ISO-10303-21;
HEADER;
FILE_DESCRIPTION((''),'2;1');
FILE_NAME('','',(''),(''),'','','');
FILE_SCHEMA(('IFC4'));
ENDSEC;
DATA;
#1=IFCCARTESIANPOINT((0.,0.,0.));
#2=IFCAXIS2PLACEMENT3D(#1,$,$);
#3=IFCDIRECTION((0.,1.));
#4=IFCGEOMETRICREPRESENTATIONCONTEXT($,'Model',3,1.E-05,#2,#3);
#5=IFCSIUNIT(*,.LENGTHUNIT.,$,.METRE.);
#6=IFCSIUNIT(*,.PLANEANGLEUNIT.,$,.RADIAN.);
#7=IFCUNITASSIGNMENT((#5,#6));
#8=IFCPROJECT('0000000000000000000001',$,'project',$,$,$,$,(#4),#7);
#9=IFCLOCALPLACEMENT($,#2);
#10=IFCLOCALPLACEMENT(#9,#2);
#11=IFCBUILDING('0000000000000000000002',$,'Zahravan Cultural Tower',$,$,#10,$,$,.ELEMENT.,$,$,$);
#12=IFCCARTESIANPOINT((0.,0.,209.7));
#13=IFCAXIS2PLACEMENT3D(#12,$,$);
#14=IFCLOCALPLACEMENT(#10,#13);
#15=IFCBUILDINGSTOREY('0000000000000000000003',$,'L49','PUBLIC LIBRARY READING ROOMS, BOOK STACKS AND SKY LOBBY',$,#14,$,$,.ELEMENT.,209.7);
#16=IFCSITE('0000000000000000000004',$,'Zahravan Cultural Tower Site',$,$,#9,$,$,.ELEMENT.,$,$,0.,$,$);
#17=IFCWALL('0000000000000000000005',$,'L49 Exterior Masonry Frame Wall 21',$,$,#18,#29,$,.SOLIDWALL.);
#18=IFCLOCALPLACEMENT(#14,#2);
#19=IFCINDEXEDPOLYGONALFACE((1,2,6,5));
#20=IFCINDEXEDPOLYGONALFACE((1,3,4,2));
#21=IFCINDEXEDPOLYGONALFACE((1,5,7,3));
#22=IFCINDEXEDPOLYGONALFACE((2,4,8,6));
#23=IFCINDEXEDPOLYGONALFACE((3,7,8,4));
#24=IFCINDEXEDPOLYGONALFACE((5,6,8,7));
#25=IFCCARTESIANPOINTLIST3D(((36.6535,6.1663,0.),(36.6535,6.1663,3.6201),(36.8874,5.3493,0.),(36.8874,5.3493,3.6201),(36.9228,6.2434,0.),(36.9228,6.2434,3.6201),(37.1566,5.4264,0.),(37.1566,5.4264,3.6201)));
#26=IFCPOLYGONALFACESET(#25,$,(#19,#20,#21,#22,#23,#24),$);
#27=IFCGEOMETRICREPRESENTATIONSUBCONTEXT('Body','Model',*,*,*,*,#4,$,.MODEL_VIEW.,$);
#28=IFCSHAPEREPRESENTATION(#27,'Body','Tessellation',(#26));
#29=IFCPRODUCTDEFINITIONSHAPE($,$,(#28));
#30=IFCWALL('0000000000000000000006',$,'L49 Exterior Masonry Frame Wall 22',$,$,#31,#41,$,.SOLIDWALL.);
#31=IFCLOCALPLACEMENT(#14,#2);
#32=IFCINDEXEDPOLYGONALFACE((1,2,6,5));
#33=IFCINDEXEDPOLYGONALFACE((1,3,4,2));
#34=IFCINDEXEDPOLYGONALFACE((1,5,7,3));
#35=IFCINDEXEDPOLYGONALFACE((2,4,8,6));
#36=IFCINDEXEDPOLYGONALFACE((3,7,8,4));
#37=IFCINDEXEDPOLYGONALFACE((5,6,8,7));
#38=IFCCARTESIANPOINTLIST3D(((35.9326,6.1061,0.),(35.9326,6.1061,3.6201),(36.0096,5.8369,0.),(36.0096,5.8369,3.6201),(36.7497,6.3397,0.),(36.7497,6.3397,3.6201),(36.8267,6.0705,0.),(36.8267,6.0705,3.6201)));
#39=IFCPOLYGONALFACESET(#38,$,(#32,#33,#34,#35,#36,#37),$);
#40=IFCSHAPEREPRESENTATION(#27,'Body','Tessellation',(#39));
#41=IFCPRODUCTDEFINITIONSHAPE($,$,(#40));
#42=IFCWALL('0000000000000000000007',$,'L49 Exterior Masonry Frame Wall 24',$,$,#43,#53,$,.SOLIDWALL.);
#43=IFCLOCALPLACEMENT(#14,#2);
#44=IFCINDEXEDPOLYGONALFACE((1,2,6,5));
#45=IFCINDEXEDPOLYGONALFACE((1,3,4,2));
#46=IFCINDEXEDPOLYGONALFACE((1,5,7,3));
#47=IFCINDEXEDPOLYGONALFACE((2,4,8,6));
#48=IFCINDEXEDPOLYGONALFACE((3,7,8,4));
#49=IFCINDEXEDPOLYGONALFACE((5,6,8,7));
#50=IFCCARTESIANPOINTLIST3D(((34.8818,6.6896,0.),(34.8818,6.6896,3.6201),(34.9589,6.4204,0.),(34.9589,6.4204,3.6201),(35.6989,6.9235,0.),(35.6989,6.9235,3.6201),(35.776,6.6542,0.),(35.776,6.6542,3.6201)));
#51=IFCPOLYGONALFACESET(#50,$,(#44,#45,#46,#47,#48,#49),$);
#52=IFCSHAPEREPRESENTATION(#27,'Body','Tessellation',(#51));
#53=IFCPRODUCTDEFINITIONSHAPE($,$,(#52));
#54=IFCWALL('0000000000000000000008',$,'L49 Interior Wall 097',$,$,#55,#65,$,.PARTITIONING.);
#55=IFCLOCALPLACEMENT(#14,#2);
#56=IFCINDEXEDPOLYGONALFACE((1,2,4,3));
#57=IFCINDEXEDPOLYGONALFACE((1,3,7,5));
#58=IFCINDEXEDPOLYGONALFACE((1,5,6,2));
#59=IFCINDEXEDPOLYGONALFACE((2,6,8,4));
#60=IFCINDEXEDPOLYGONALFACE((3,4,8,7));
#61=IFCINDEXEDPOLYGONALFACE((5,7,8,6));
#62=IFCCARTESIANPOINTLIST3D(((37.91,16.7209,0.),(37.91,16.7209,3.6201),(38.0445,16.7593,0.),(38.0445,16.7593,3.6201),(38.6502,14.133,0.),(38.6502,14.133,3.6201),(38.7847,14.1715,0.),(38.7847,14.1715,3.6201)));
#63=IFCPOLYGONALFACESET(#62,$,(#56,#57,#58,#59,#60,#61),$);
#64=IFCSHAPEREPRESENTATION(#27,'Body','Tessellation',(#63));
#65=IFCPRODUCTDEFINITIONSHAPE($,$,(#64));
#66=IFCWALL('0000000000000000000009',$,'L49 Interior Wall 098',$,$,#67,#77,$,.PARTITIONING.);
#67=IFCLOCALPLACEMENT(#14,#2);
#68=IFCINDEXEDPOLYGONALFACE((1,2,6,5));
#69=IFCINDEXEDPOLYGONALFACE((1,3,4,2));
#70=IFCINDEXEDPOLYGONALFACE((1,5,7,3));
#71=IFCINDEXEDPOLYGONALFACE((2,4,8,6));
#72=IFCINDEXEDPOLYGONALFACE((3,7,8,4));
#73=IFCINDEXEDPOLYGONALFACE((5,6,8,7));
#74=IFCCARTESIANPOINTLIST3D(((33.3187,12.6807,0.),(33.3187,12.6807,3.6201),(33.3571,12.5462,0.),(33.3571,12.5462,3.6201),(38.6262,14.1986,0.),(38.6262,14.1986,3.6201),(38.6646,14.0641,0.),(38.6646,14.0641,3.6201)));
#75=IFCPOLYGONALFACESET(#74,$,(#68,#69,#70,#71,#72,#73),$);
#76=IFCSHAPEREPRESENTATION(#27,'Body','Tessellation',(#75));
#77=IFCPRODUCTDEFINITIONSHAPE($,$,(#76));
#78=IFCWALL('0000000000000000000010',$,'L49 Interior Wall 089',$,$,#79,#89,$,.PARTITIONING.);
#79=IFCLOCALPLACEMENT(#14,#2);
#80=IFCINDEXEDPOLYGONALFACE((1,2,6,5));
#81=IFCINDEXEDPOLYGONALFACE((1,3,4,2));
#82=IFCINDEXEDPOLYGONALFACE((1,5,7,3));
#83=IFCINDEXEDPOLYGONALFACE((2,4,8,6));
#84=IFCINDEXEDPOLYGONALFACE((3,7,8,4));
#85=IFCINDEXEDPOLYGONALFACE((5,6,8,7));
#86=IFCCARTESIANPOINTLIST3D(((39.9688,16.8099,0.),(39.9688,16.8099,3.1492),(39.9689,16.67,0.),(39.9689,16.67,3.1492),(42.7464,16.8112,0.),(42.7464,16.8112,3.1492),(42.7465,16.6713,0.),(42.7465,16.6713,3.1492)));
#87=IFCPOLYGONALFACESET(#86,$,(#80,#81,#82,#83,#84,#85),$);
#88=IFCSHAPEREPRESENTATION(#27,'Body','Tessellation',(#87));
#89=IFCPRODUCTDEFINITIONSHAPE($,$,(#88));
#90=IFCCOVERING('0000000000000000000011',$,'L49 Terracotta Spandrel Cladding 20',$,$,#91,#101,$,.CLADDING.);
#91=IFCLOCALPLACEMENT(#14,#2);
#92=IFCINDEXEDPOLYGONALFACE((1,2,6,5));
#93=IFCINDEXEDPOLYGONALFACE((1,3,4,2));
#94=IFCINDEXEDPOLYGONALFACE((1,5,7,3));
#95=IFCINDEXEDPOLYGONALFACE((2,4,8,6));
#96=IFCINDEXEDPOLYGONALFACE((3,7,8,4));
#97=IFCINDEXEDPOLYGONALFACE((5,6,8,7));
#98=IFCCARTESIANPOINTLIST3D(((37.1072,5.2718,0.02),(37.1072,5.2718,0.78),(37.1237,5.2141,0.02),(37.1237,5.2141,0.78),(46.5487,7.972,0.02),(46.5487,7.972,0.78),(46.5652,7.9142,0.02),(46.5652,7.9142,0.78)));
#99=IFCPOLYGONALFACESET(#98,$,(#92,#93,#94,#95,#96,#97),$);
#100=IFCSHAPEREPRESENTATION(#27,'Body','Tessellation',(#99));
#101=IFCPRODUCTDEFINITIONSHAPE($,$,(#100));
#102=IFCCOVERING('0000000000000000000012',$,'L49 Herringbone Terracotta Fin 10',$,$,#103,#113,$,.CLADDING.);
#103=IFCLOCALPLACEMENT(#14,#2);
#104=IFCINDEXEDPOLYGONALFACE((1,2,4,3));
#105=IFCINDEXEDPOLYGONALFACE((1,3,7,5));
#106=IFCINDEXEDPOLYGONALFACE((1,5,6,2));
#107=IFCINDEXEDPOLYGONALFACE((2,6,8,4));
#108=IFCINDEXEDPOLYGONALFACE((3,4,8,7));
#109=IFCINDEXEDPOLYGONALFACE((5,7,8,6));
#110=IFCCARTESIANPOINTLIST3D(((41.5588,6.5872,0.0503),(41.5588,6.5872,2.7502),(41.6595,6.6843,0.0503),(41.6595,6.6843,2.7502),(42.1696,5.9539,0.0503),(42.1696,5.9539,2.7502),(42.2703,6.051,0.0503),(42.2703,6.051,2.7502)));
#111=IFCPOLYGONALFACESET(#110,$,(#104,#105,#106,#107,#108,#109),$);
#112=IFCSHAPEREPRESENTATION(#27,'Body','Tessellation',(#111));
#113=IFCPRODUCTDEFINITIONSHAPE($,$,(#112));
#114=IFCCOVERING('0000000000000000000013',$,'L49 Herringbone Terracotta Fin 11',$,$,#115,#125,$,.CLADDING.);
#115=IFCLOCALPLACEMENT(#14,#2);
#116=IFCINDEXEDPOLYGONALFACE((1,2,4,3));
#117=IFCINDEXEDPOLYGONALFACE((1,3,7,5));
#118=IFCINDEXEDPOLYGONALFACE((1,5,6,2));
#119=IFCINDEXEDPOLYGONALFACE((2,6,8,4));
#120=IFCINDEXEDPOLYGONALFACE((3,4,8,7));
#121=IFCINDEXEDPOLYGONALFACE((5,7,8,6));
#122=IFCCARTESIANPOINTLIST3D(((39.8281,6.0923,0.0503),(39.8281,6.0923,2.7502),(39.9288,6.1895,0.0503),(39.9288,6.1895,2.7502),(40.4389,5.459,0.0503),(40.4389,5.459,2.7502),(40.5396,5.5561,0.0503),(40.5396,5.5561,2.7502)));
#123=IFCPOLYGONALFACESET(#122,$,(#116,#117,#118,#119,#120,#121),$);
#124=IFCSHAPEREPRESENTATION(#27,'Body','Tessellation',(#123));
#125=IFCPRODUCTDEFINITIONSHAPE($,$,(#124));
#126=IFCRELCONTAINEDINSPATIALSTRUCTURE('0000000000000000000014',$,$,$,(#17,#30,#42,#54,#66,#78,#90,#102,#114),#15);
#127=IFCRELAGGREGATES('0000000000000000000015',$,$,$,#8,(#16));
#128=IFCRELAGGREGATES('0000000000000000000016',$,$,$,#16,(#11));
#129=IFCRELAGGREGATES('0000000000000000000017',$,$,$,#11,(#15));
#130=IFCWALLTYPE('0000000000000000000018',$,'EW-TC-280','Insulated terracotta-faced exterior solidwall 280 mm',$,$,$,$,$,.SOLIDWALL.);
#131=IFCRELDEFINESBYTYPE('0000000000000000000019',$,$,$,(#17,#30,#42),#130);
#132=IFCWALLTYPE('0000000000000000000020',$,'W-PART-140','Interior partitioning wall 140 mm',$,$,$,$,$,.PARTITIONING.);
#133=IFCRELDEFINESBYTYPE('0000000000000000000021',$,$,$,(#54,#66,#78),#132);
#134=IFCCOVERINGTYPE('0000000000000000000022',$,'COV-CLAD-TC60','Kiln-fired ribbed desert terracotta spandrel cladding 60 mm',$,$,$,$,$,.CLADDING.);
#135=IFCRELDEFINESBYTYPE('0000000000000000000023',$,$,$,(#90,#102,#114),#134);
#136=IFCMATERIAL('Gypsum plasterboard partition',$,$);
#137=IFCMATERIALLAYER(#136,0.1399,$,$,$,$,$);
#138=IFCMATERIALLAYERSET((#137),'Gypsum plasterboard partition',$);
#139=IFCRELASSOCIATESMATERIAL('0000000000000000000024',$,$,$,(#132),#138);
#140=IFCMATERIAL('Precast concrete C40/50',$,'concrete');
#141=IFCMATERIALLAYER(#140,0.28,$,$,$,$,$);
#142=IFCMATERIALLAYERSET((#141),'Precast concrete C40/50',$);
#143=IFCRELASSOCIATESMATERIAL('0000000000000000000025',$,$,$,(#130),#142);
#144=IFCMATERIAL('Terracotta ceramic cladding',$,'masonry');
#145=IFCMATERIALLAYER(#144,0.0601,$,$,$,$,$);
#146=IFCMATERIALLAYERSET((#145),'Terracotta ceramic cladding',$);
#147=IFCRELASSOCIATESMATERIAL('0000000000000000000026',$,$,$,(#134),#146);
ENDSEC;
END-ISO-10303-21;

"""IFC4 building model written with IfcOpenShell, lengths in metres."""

from ifc_helpers import new_model, si_unit, direction, frame, frame_2d, origin, origin_2d, place, context, subcontext, project, spatial, rectangle, extrude, source, transform, mapped, material, layer, layer_set, type_object, element, save


model = new_model("IFC4")

# Units and contexts
model_context = context("Model", 3, precision=1e-05, world=origin(), true_north=direction((0.0, 1.0)))
body_context = subcontext(model_context, "Body", "Model", "MODEL_VIEW")
ifc_project = project(units=[si_unit("LENGTHUNIT", "METRE"), si_unit("PLANEANGLEUNIT", "RADIAN")], contexts=[model_context])

# Site, building, storey
site_placement = place(None, origin())
site = spatial("IfcSite", under=ifc_project, at=site_placement, Name="Zahravan Cultural Tower Site", CompositionType="ELEMENT", RefElevation=0.0)
building_placement = place(site_placement, origin())
building = spatial("IfcBuilding", under=site, at=building_placement, Name="Zahravan Cultural Tower", CompositionType="ELEMENT")
storey_placement = place(building_placement, frame((0.0, 0.0, 209.7)))
storey = spatial("IfcBuildingStorey", under=building, at=storey_placement, Name="L49", Description="PUBLIC LIBRARY READING ROOMS, BOOK STACKS AND SKY LOBBY", CompositionType="ELEMENT", Elevation=209.7)

# Shared definitions
ifc_material_1 = material(Name="Gypsum plasterboard partition")
ifc_layer_1 = layer(ifc_material_1, 0.1399)
ifc_layer_set_1 = layer_set([ifc_layer_1], Name="Gypsum plasterboard partition")
wall_type_1 = type_object("IfcWallType", Name="W-PART-140", Description="Interior partitioning wall 140 mm", PredefinedType="PARTITIONING", material=ifc_layer_set_1)

# Walls
ifc_material_2 = material(Name="Precast concrete C40/50", Category="concrete")
ifc_layer_2 = layer(ifc_material_2, 0.28)
ifc_layer_set_2 = layer_set([ifc_layer_2], Name="Precast concrete C40/50")
wall_type_2 = type_object("IfcWallType", Name="EW-TC-280", Description="Insulated terracotta-faced exterior solidwall 280 mm", PredefinedType="SOLIDWALL", material=ifc_layer_set_2)
shared_shape_1 = source(origin(), body_context, "Body", "SweptSolid", [
    extrude(rectangle(XDim=0.8499, YDim=0.28, at=frame_2d((0.4248, 0.0))), origin(), (0.0, 0.0, 1.0), 3.6201),
])
for number, where, z_axis, x_axis, name in (
    (1, (37.022, 5.3879, 0.0), (0.0, 0.0, 1.0), (-0.275176, 0.961394, 0.0), "L49 Exterior Masonry Frame Wall 21"),
    (2, (36.7881, 6.2051, 0.0), (0.0, 0.0, 1.0), (-0.96147, -0.274911, 0.0), "L49 Exterior Masonry Frame Wall 22"),
    (3, (35.7373, 6.7888, 0.0), (0.0, 0.0, 1.0), (-0.961394, -0.275176, 0.0), "L49 Exterior Masonry Frame Wall 24"),
):
    element("IfcWall", number, at=place(storey_placement, frame(where, z_axis=z_axis, x_axis=x_axis)), inside=storey, type_object=wall_type_2, Name=name, PredefinedType="SOLIDWALL", context=body_context, shape_type="MappedRepresentation", body=[
        mapped(shared_shape_1, transform((0.0, 0.0, 0.0), x_axis=(1.0, 0.0, 0.0), y_axis=(0.0, 1.0, 0.0), z_axis=(0.0, 0.0, 1.0), scale=1.0)),
    ])
shared_shape_2 = source(origin(), body_context, "Body", "SweptSolid", [
    extrude(rectangle(XDim=2.6917, YDim=0.1399, at=frame_2d((1.3457, 0.0))), origin(), (0.0, 0.0, 1.0), 3.6201),
])
wall_1_placement = place(storey_placement, frame((37.9773, 16.74, 0.0), z_axis=(0.0, 0.0, 1.0), x_axis=(0.275009, -0.961442, 0.0)))
element("IfcWall", 4, at=wall_1_placement, inside=storey, type_object=wall_type_1, Name="L49 Interior Wall 097", PredefinedType="PARTITIONING", context=body_context, shape_type="MappedRepresentation", body=[
    mapped(shared_shape_2, transform((0.0, 0.0, 0.0), x_axis=(1.0, 0.0, 0.0), y_axis=(0.0, 1.0, 0.0), z_axis=(0.0, 0.0, 1.0), scale=1.0)),
])
shared_shape_3 = source(origin(), body_context, "Body", "SweptSolid", [
    extrude(rectangle(XDim=5.5203, YDim=0.1399, at=frame_2d((2.7603, 0.0))), origin(), (0.0, 0.0, 1.0), 3.6201),
])
wall_2_placement = place(storey_placement, frame((38.6455, 14.1313, 0.0), z_axis=(0.0, 0.0, 1.0), x_axis=(-0.961455, -0.274961, 0.0)))
element("IfcWall", 5, at=wall_2_placement, inside=storey, type_object=wall_type_1, Name="L49 Interior Wall 098", PredefinedType="PARTITIONING", context=body_context, shape_type="MappedRepresentation", body=[
    mapped(shared_shape_3, transform((0.0, 0.0, 0.0), x_axis=(1.0, 0.0, 0.0), y_axis=(0.0, 1.0, 0.0), z_axis=(0.0, 0.0, 1.0), scale=1.0)),
])
shared_shape_4 = source(origin(), body_context, "Body", "SweptSolid", [
    extrude(rectangle(XDim=2.7776, YDim=0.1399, at=frame_2d((1.3887, 0.0))), origin(), (0.0, 0.0, 1.0), 3.1492),
])
wall_3_placement = place(storey_placement, frame((39.969, 16.74, 0.0), z_axis=(0.0, 0.0, 1.0), x_axis=(1.0, 0.000439, 0.0)))
element("IfcWall", 6, at=wall_3_placement, inside=storey, type_object=wall_type_1, Name="L49 Interior Wall 089", PredefinedType="PARTITIONING", context=body_context, shape_type="MappedRepresentation", body=[
    mapped(shared_shape_4, transform((0.0, 0.0, 0.0), x_axis=(1.0, 0.0, 0.0), y_axis=(0.0, 1.0, 0.0), z_axis=(0.0, 0.0, 1.0), scale=1.0)),
])

# Coverings
ifc_material_3 = material(Name="Terracotta ceramic cladding", Category="masonry")
ifc_layer_3 = layer(ifc_material_3, 0.0601)
ifc_layer_set_3 = layer_set([ifc_layer_3], Name="Terracotta ceramic cladding")
covering_type = type_object("IfcCoveringType", Name="COV-CLAD-TC60", Description="Kiln-fired ribbed desert terracotta spandrel cladding 60 mm", PredefinedType="CLADDING", material=ifc_layer_set_3)
shared_shape_5 = source(origin(), body_context, "Body", "SweptSolid", [
    extrude(rectangle(XDim=9.8201, YDim=0.0601, at=origin_2d()), origin(), (0.0, 0.0, 1.0), 0.76),
])
covering_placement = place(storey_placement, frame((41.8362, 6.593, 0.02), z_axis=(0.0, 0.0, 1.0), x_axis=(-0.961454, -0.274966, 0.0)))
element("IfcCovering", 7, at=covering_placement, inside=storey, type_object=covering_type, Name="L49 Terracotta Spandrel Cladding 20", PredefinedType="CLADDING", context=body_context, shape_type="MappedRepresentation", body=[
    mapped(shared_shape_5, transform((0.0, 0.0, 0.0), x_axis=(1.0, 0.0, 0.0), y_axis=(0.0, 1.0, 0.0), z_axis=(0.0, 0.0, 1.0), scale=1.0)),
])
shared_shape_6 = source(origin(), body_context, "Body", "SweptSolid", [
    extrude(rectangle(XDim=0.8799, YDim=0.1399, at=origin_2d()), origin(), (0.0, 0.0, 1.0), 2.7),
])
for number, where, z_axis, x_axis, name in (
    (8, (41.9146, 6.3191, 0.0503), (0.0, 0.0, 1.0), (0.694156, -0.719825, 0.0), "L49 Herringbone Terracotta Fin 10"),
    (9, (40.1838, 5.8242, 0.0503), (0.0, 0.0, 1.0), (0.694156, -0.719825, 0.0), "L49 Herringbone Terracotta Fin 11"),
):
    element("IfcCovering", number, at=place(storey_placement, frame(where, z_axis=z_axis, x_axis=x_axis)), inside=storey, type_object=covering_type, Name=name, PredefinedType="CLADDING", context=body_context, shape_type="MappedRepresentation", body=[
        mapped(shared_shape_6, transform((0.0, 0.0, 0.0), x_axis=(1.0, 0.0, 0.0), y_axis=(0.0, 1.0, 0.0), z_axis=(0.0, 0.0, 1.0), scale=1.0)),
    ])

save(model, "model.ifc")
